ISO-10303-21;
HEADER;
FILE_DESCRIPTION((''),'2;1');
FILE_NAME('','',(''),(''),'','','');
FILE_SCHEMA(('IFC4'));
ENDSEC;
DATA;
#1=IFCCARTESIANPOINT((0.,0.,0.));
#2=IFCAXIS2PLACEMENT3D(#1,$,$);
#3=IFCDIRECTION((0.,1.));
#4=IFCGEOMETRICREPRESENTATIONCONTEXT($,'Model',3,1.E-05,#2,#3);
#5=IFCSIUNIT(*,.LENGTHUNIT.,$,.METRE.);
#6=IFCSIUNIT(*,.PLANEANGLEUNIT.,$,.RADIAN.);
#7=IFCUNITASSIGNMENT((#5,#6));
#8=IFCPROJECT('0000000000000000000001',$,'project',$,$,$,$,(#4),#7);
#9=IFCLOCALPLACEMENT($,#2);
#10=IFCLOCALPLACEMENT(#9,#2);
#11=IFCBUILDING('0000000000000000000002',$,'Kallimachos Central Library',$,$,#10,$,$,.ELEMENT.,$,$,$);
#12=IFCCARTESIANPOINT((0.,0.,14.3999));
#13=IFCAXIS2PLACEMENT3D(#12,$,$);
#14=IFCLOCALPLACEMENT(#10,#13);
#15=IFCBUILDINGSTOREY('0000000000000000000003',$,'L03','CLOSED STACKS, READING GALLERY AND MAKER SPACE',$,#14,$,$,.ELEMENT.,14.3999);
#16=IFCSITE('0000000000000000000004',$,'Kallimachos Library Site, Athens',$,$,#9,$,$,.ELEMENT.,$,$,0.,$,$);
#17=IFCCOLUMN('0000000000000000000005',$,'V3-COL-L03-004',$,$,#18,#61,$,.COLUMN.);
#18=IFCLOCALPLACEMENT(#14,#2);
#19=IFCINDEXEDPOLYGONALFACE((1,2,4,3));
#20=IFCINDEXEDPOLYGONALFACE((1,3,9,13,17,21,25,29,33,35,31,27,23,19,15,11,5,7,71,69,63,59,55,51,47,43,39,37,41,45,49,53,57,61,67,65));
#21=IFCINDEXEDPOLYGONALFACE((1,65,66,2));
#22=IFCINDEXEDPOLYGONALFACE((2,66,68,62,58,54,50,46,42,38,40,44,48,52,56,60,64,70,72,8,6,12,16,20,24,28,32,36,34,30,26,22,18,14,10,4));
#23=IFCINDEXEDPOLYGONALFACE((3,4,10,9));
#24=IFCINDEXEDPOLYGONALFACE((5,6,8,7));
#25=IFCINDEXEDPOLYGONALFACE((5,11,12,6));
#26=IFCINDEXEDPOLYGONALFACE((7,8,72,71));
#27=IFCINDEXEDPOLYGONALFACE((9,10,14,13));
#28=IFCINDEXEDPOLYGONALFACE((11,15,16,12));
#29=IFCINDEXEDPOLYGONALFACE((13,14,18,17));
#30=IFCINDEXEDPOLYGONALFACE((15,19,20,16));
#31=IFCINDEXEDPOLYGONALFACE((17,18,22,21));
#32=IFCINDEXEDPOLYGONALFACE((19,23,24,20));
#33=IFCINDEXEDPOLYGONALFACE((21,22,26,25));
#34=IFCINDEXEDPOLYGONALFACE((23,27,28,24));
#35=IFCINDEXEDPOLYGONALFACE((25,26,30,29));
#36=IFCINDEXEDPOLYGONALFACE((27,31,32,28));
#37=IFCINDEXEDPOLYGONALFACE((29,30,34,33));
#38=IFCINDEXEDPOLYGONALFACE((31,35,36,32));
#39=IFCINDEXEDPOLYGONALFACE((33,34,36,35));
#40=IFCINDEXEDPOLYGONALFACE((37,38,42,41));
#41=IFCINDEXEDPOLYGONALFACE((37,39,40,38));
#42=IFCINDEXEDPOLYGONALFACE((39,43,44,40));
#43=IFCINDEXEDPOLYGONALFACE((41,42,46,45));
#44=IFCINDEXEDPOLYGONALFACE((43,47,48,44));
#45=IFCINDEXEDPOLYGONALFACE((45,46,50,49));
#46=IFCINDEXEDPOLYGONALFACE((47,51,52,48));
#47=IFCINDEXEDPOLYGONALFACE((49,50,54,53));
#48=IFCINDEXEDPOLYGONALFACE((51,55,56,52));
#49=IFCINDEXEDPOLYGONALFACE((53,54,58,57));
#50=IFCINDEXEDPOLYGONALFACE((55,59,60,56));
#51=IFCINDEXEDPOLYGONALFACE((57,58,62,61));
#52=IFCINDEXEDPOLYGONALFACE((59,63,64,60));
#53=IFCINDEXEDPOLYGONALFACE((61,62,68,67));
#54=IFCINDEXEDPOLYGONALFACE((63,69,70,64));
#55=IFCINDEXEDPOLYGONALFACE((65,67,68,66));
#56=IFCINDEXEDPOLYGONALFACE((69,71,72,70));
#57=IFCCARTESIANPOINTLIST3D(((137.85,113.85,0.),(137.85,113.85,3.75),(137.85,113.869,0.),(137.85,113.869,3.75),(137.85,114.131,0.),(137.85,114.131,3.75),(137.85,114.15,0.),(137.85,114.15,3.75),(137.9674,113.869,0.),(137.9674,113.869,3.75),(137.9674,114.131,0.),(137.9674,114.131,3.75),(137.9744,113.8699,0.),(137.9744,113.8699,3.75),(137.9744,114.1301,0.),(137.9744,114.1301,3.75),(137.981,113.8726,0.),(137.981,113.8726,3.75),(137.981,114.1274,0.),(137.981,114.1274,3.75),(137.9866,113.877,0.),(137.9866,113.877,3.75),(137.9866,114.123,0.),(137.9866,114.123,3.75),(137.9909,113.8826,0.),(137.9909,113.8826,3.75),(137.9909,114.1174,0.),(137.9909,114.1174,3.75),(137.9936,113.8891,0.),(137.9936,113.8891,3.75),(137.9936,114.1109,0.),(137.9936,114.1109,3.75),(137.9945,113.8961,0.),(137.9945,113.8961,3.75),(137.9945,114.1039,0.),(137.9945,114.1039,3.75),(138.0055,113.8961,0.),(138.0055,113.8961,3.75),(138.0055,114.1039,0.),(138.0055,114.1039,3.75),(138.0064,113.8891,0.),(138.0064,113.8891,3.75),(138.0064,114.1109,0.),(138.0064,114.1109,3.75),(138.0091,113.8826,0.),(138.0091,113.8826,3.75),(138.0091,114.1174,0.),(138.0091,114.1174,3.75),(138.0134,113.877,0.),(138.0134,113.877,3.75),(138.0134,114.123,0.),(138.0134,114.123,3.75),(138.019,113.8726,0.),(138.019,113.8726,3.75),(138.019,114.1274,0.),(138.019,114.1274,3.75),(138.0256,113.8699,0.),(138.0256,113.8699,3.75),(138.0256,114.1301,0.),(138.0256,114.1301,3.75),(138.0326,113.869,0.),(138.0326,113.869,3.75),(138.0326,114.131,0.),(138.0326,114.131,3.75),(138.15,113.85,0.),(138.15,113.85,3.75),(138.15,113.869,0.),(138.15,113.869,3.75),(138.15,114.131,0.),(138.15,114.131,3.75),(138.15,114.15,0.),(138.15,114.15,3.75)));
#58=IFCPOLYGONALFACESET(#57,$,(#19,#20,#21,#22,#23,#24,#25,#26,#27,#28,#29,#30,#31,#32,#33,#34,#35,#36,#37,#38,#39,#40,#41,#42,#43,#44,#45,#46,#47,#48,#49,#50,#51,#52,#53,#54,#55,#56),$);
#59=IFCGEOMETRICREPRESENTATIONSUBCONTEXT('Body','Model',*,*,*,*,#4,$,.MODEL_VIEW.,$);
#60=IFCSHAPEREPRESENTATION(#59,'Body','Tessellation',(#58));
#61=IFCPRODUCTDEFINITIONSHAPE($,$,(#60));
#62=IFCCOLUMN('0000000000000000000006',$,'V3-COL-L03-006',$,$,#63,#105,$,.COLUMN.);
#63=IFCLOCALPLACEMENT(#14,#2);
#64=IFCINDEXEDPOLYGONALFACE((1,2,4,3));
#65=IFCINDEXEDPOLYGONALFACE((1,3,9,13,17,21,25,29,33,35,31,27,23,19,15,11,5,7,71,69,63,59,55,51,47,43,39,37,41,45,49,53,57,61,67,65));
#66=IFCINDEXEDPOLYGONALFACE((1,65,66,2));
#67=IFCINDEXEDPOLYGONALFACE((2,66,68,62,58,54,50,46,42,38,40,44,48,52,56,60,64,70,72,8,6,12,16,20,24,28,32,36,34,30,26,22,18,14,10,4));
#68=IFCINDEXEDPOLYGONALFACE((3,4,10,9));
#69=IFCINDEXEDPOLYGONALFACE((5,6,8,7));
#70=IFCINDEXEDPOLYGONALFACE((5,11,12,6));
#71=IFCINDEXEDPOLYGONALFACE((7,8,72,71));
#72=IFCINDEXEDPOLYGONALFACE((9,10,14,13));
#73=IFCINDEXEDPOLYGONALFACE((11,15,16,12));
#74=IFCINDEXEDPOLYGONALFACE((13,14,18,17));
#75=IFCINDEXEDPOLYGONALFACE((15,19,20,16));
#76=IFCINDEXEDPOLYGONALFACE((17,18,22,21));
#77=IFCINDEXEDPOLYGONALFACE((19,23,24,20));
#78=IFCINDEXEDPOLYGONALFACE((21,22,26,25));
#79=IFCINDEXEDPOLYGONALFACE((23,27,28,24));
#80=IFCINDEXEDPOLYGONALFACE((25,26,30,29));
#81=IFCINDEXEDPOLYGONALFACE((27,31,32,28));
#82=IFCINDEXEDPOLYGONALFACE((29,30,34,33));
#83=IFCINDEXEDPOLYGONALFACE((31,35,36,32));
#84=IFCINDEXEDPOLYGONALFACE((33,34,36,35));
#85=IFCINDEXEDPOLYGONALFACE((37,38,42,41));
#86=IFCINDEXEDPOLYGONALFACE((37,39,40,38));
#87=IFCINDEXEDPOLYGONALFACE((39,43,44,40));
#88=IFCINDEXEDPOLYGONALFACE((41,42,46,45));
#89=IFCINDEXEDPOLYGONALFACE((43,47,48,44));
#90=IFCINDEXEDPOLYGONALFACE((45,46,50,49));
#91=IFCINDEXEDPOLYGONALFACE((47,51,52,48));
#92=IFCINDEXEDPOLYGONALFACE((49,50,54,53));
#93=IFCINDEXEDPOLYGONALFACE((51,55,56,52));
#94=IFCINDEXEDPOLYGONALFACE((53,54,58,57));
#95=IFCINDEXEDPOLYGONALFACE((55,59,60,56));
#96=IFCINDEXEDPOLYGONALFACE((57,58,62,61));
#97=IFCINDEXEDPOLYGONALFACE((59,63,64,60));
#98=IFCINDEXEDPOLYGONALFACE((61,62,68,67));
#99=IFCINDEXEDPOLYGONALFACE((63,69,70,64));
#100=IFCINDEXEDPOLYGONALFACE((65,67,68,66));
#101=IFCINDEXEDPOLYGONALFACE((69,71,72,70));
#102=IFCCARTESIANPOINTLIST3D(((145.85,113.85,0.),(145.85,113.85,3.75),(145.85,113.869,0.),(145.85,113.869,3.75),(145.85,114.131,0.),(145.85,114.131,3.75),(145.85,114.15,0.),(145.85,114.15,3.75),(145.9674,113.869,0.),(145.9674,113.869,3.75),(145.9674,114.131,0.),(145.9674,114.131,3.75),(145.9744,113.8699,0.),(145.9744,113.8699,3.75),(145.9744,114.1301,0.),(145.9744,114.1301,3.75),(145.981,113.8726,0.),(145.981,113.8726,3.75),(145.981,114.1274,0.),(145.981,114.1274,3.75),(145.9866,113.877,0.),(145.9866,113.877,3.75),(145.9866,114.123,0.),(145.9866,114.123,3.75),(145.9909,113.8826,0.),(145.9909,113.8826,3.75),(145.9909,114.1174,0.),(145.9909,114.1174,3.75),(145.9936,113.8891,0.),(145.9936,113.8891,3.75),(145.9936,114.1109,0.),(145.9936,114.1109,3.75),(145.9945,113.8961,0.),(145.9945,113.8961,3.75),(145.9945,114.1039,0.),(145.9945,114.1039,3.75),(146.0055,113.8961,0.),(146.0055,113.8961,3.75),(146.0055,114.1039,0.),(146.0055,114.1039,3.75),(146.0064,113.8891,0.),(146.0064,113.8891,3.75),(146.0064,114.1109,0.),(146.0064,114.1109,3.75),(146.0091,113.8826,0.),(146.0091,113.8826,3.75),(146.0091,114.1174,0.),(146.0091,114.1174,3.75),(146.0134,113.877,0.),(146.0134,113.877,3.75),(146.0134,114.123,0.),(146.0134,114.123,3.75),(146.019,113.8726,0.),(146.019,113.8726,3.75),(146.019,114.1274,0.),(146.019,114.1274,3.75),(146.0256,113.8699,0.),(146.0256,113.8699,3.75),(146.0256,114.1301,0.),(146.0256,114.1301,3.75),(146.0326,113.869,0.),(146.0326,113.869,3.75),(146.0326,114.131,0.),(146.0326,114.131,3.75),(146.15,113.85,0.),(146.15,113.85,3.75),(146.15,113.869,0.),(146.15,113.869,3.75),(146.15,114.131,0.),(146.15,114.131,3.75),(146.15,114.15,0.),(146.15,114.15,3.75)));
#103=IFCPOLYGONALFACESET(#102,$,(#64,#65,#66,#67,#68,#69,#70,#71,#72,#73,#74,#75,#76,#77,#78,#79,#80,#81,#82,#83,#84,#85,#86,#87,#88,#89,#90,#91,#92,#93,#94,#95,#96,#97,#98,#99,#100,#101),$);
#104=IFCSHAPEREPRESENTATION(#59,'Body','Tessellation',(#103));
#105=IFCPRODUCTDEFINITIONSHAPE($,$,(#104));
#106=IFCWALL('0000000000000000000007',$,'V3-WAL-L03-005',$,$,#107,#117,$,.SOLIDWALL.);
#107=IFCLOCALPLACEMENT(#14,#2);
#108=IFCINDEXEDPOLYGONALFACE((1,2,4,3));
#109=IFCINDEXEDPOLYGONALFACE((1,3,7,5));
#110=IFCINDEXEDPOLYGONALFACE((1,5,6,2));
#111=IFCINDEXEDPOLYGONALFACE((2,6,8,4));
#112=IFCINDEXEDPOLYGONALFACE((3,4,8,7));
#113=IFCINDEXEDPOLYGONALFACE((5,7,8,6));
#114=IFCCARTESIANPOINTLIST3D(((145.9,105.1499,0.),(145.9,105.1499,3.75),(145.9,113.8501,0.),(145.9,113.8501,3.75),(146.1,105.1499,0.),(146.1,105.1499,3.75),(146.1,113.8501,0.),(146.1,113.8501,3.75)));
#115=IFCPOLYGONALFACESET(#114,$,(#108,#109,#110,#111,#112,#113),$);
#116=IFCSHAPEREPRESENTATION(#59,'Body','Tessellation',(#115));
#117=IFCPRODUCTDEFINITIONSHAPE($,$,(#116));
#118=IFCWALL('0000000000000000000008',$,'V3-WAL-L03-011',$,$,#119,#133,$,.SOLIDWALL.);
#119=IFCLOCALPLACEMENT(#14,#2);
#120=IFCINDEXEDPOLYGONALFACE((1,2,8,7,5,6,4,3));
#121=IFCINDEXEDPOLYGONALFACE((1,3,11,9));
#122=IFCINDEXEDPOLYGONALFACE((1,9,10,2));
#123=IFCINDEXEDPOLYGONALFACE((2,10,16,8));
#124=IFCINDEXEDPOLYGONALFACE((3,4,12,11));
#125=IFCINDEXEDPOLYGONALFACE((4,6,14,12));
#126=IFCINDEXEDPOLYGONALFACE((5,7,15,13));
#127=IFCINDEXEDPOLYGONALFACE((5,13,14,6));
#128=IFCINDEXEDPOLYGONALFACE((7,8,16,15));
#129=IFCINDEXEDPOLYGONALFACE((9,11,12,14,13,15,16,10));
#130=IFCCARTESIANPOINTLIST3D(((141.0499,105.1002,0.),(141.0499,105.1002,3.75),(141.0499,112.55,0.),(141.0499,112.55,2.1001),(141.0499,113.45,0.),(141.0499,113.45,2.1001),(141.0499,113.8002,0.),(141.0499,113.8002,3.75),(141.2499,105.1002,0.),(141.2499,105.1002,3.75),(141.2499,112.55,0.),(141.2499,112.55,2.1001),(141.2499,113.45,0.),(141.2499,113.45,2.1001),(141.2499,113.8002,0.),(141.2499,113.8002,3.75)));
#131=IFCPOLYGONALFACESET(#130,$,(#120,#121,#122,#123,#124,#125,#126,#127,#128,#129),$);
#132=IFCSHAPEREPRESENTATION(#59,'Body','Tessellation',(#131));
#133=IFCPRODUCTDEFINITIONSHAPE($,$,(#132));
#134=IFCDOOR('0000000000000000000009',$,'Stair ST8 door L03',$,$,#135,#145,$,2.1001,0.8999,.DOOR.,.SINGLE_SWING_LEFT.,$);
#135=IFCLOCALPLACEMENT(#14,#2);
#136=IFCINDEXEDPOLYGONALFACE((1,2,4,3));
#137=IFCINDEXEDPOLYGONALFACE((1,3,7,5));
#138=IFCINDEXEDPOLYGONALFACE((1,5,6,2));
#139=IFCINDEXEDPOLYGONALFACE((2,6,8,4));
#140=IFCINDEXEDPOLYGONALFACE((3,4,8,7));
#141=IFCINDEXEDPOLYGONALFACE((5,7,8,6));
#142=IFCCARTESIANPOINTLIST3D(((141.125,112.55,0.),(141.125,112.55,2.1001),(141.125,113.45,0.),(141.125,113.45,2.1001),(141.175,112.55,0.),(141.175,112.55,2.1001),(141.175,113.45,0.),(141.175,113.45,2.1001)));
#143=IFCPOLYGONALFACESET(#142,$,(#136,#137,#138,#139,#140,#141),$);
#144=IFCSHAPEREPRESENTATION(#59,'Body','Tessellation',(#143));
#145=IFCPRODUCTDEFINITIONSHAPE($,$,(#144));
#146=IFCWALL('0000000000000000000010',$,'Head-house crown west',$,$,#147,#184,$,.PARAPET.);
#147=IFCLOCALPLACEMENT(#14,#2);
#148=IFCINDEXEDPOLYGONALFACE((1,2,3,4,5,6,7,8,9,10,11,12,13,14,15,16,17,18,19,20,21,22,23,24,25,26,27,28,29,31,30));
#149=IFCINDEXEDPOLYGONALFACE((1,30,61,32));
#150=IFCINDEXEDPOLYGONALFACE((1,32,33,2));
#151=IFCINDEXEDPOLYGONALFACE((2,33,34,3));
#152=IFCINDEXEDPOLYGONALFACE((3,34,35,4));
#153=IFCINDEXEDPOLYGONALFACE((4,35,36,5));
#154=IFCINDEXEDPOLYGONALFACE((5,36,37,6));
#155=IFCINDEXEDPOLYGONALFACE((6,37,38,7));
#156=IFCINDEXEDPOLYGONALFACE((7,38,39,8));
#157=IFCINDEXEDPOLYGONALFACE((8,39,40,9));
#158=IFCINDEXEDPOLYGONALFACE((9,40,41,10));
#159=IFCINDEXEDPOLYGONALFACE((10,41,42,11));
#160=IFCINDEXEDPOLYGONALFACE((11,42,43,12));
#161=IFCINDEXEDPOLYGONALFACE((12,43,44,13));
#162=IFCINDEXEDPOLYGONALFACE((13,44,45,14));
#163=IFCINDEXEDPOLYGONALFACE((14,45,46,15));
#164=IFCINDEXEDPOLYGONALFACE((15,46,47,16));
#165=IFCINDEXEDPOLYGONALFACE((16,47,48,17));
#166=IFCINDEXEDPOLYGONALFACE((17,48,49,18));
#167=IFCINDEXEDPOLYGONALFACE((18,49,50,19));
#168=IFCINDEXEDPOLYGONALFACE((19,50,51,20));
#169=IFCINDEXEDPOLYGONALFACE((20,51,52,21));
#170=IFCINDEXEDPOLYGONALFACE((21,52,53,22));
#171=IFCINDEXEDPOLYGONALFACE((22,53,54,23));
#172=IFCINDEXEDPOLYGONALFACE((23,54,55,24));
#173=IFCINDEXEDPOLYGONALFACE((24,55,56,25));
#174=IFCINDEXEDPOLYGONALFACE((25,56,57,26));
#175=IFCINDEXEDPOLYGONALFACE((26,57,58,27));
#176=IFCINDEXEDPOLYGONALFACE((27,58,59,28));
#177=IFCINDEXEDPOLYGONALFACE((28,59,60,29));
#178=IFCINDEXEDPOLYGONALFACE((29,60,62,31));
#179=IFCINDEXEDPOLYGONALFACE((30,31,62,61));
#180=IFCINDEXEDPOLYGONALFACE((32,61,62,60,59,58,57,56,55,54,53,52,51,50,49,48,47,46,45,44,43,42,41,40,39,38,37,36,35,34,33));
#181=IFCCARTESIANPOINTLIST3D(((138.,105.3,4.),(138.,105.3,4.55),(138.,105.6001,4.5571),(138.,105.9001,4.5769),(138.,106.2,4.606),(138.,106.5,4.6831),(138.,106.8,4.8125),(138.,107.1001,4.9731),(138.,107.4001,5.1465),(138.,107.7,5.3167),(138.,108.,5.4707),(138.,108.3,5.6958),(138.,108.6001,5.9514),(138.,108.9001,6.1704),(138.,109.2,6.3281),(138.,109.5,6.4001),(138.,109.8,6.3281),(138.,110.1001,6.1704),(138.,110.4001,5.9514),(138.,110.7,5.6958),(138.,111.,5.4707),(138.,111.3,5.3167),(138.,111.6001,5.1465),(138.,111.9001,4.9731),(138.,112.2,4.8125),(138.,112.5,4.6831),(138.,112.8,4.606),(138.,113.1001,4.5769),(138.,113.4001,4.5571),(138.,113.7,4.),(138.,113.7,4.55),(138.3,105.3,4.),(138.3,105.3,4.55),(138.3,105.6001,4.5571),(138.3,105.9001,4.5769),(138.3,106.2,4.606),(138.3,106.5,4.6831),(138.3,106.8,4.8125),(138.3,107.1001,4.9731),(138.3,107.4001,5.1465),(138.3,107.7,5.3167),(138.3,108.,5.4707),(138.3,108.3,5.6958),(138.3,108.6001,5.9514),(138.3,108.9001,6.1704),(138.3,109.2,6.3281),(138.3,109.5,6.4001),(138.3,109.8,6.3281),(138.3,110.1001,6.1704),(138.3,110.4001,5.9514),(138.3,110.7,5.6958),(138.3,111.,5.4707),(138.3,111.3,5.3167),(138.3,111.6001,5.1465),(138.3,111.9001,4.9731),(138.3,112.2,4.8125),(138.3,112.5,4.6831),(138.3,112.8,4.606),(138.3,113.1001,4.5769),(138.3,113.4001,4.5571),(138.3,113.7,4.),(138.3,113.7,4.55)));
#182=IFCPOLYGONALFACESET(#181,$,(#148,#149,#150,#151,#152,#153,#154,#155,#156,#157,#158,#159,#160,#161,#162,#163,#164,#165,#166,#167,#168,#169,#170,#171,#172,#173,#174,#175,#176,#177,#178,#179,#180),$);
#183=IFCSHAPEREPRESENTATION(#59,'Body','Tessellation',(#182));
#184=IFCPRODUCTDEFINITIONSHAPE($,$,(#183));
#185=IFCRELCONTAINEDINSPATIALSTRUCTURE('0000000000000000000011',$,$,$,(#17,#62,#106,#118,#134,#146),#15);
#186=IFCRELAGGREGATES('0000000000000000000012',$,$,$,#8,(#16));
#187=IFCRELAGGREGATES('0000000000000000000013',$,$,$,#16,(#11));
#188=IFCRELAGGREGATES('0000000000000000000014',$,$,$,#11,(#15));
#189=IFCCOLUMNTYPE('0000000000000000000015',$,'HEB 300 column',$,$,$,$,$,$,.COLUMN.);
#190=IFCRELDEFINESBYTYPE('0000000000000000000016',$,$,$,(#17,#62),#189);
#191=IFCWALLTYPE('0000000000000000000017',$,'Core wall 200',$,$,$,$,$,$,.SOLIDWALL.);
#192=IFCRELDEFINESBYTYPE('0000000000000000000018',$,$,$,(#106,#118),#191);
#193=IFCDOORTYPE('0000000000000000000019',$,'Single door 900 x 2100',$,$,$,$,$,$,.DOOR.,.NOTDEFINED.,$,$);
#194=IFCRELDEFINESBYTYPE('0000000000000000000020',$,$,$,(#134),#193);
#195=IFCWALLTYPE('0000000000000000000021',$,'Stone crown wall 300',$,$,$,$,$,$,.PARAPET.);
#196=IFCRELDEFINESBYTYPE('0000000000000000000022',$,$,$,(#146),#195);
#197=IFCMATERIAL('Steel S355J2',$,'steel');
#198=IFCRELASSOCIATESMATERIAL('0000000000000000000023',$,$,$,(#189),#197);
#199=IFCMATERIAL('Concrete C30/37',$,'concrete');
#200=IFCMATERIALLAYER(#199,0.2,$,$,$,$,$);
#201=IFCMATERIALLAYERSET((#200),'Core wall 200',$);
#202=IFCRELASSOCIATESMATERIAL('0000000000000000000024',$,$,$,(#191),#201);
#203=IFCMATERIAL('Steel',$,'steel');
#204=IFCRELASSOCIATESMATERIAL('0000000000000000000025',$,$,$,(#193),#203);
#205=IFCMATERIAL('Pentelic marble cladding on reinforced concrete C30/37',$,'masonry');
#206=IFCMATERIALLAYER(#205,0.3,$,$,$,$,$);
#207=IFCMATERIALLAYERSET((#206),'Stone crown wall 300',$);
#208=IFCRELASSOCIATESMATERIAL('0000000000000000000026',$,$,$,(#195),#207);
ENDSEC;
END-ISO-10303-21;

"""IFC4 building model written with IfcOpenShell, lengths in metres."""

from ifc_helpers import new_model, si_unit, direction, frame, frame_2d, origin, origin_2d, place, context, subcontext, project, spatial, polyline, rectangle, i_section, outline, extrude, material, layer, layer_set, material_profile, profile_set, type_object, element, fill, save


model = new_model("IFC4")

# Units and contexts
model_context = context("Model", 3, precision=1e-05, world=origin(), true_north=direction((0.0, 1.0)))
body_context = subcontext(model_context, "Body", "Model", "MODEL_VIEW")
ifc_project = project(units=[si_unit("LENGTHUNIT", "METRE"), si_unit("PLANEANGLEUNIT", "RADIAN")], contexts=[model_context])

# Site, building, storey
site_placement = place(None, origin())
site = spatial("IfcSite", under=ifc_project, at=site_placement, Name="Kallimachos Library Site, Athens", CompositionType="ELEMENT", RefElevation=0.0)
building_placement = place(site_placement, origin())
building = spatial("IfcBuilding", under=site, at=building_placement, Name="Kallimachos Central Library", CompositionType="ELEMENT")
storey_placement = place(building_placement, frame((0.0, 0.0, 14.3999)))
storey = spatial("IfcBuildingStorey", under=building, at=storey_placement, Name="L03", Description="CLOSED STACKS, READING GALLERY AND MAKER SPACE", CompositionType="ELEMENT", Elevation=14.3999)

# Columns
ifc_material_1 = material(Name="Steel S355J2", Category="steel")
ifc_material_profile = material_profile(ifc_material_1, i_section(OverallWidth=0.3, OverallDepth=0.3, WebThickness=0.011, FlangeThickness=0.019, FilletRadius=0.0271, at=origin_2d()), Name="HEB 300")
ifc_profile_set = profile_set([ifc_material_profile], Name="Steel S355J2")
column_type = type_object("IfcColumnType", Name="HEB 300 column", PredefinedType="COLUMN", material=ifc_profile_set)
for number, where, z_axis, x_axis, name in (
    (1, (138.0, 114.0, 0.0), (0.0, 0.0, 1.0), (1.0, 0.0, 0.0), "V3-COL-L03-004"),
    (2, (146.0, 114.0, 0.0), (0.0, 0.0, 1.0), (1.0, 0.0, 0.0), "V3-COL-L03-006"),
):
    element("IfcColumn", number, at=place(storey_placement, frame(where, z_axis=z_axis, x_axis=x_axis)), inside=storey, type_object=column_type, Name=name, PredefinedType="COLUMN", context=body_context, shape_type="SweptSolid", body=[
        extrude(i_section(OverallWidth=0.3, OverallDepth=0.3, WebThickness=0.011, FlangeThickness=0.019, FilletRadius=0.0271, at=origin_2d()), origin(), (0.0, 0.0, 1.0), 3.75),
    ])

# Wall
ifc_material_2 = material(Name="Concrete C30/37", Category="concrete")
ifc_layer_1 = layer(ifc_material_2, 0.2)
ifc_layer_set_1 = layer_set([ifc_layer_1], Name="Core wall 200")
wall_type_1 = type_object("IfcWallType", Name="Core wall 200", PredefinedType="SOLIDWALL", material=ifc_layer_set_1)
wall_1_placement = place(storey_placement, frame((146.0, 105.1499, 0.0), z_axis=(0.0, 0.0, 1.0), x_axis=(0.0, 1.0, 0.0)))
element("IfcWall", 3, at=wall_1_placement, inside=storey, type_object=wall_type_1, Name="V3-WAL-L03-005", PredefinedType="SOLIDWALL", context=body_context, shape_type="SweptSolid", body=[
    extrude(rectangle(XDim=8.7002, YDim=0.2, at=frame_2d((4.3501, 0.0))), origin(), (0.0, 0.0, 1.0), 3.75),
])

# Wall, opening, door
wall_2_placement = place(storey_placement, frame((141.1499, 105.1001, 0.0), z_axis=(0.0, 0.0, 1.0), x_axis=(0.0, 1.0, 0.0)))
wall_2 = element("IfcWall", 4, at=wall_2_placement, inside=storey, type_object=wall_type_1, Name="V3-WAL-L03-011", PredefinedType="SOLIDWALL", context=body_context, shape_type="SweptSolid", body=[
    extrude(rectangle(XDim=8.7, YDim=0.2, at=frame_2d((4.3501, 0.0))), origin(), (0.0, 0.0, 1.0), 3.75),
])
opening_1_placement = place(wall_2_placement, frame((7.45, 0.0, 0.0)))
opening_1 = element("IfcOpeningElement", 5, at=opening_1_placement, cuts=wall_2, PredefinedType="OPENING", context=body_context, shape_type="SweptSolid", body=[
    extrude(rectangle(XDim=0.8999, YDim=2.1001, at=frame_2d((0.45, 1.05))), frame((0.0, 0.1099, 0.0), z_axis=(0.0, -1.0, 0.0), x_axis=(1.0, 0.0, 0.0)), (0.0, 0.0, 1.0), 0.22),
])
ifc_material_3 = material(Name="Steel", Category="steel")
door_type = type_object("IfcDoorType", Name="Single door 900 x 2100", OperationType="NOTDEFINED", PredefinedType="DOOR", material=ifc_material_3)
door_placement = place(opening_1_placement, origin())
door = element("IfcDoor", 6, at=door_placement, inside=storey, type_object=door_type, Name="Stair ST8 door L03", OperationType="SINGLE_SWING_LEFT", OverallHeight=2.1001, OverallWidth=0.8999, PredefinedType="DOOR", context=body_context, shape_type="SweptSolid", body=[
    extrude(rectangle(XDim=0.8999, YDim=2.1001, at=frame_2d((0.45, 1.05))), frame((0.0, 0.0249, 0.0), z_axis=(0.0, -1.0, 0.0), x_axis=(1.0, 0.0, 0.0)), (0.0, 0.0, 1.0), 0.05),
])
fill(opening_1, door)

# Wall
ifc_material_4 = material(Name="Pentelic marble cladding on reinforced concrete C30/37", Category="masonry")
ifc_layer_2 = layer(ifc_material_4, 0.3)
ifc_layer_set_2 = layer_set([ifc_layer_2], Name="Stone crown wall 300")
wall_type_2 = type_object("IfcWallType", Name="Stone crown wall 300", PredefinedType="PARAPET", material=ifc_layer_set_2)
wall_3_placement = place(storey_placement, frame((138.1499, 105.3, 4.0), z_axis=(0.0, 0.0, 1.0), x_axis=(0.0, 1.0, 0.0)))
element("IfcWall", 7, at=wall_3_placement, inside=storey, type_object=wall_type_2, Name="Head-house crown west", PredefinedType="PARAPET", context=body_context, shape_type="SweptSolid", body=[
    extrude(outline(polyline([(0.0, 0.0), (8.3999, 0.0), (8.3999, 0.55), (8.1001, 0.5571), (7.8, 0.5769), (7.5, 0.606), (7.2, 0.6831), (6.8999, 0.8125), (6.6001, 0.9731), (6.3, 1.1465), (6.0, 1.3167), (5.7, 1.4707), (5.3999, 1.6958), (5.1001, 1.9514), (4.8, 2.1704), (4.5, 2.3281), (4.2, 2.4001), (3.8999, 2.3281), (3.6001, 2.1704), (3.3, 1.9514), (3.0, 1.6958), (2.7, 1.4707), (2.3999, 1.3167), (2.1001, 1.1465), (1.8, 0.9731), (1.5, 0.8125), (1.2, 0.6831), (0.8999, 0.606), (0.6001, 0.5769), (0.3, 0.5571), (0.0, 0.55), (0.0, 0.0)])), frame((0.0, 0.1499, 0.0), z_axis=(0.0, -1.0, 0.0), x_axis=(1.0, 0.0, 0.0)), (0.0, 0.0, 1.0), 0.3),
])

save(model, "model.ifc")
